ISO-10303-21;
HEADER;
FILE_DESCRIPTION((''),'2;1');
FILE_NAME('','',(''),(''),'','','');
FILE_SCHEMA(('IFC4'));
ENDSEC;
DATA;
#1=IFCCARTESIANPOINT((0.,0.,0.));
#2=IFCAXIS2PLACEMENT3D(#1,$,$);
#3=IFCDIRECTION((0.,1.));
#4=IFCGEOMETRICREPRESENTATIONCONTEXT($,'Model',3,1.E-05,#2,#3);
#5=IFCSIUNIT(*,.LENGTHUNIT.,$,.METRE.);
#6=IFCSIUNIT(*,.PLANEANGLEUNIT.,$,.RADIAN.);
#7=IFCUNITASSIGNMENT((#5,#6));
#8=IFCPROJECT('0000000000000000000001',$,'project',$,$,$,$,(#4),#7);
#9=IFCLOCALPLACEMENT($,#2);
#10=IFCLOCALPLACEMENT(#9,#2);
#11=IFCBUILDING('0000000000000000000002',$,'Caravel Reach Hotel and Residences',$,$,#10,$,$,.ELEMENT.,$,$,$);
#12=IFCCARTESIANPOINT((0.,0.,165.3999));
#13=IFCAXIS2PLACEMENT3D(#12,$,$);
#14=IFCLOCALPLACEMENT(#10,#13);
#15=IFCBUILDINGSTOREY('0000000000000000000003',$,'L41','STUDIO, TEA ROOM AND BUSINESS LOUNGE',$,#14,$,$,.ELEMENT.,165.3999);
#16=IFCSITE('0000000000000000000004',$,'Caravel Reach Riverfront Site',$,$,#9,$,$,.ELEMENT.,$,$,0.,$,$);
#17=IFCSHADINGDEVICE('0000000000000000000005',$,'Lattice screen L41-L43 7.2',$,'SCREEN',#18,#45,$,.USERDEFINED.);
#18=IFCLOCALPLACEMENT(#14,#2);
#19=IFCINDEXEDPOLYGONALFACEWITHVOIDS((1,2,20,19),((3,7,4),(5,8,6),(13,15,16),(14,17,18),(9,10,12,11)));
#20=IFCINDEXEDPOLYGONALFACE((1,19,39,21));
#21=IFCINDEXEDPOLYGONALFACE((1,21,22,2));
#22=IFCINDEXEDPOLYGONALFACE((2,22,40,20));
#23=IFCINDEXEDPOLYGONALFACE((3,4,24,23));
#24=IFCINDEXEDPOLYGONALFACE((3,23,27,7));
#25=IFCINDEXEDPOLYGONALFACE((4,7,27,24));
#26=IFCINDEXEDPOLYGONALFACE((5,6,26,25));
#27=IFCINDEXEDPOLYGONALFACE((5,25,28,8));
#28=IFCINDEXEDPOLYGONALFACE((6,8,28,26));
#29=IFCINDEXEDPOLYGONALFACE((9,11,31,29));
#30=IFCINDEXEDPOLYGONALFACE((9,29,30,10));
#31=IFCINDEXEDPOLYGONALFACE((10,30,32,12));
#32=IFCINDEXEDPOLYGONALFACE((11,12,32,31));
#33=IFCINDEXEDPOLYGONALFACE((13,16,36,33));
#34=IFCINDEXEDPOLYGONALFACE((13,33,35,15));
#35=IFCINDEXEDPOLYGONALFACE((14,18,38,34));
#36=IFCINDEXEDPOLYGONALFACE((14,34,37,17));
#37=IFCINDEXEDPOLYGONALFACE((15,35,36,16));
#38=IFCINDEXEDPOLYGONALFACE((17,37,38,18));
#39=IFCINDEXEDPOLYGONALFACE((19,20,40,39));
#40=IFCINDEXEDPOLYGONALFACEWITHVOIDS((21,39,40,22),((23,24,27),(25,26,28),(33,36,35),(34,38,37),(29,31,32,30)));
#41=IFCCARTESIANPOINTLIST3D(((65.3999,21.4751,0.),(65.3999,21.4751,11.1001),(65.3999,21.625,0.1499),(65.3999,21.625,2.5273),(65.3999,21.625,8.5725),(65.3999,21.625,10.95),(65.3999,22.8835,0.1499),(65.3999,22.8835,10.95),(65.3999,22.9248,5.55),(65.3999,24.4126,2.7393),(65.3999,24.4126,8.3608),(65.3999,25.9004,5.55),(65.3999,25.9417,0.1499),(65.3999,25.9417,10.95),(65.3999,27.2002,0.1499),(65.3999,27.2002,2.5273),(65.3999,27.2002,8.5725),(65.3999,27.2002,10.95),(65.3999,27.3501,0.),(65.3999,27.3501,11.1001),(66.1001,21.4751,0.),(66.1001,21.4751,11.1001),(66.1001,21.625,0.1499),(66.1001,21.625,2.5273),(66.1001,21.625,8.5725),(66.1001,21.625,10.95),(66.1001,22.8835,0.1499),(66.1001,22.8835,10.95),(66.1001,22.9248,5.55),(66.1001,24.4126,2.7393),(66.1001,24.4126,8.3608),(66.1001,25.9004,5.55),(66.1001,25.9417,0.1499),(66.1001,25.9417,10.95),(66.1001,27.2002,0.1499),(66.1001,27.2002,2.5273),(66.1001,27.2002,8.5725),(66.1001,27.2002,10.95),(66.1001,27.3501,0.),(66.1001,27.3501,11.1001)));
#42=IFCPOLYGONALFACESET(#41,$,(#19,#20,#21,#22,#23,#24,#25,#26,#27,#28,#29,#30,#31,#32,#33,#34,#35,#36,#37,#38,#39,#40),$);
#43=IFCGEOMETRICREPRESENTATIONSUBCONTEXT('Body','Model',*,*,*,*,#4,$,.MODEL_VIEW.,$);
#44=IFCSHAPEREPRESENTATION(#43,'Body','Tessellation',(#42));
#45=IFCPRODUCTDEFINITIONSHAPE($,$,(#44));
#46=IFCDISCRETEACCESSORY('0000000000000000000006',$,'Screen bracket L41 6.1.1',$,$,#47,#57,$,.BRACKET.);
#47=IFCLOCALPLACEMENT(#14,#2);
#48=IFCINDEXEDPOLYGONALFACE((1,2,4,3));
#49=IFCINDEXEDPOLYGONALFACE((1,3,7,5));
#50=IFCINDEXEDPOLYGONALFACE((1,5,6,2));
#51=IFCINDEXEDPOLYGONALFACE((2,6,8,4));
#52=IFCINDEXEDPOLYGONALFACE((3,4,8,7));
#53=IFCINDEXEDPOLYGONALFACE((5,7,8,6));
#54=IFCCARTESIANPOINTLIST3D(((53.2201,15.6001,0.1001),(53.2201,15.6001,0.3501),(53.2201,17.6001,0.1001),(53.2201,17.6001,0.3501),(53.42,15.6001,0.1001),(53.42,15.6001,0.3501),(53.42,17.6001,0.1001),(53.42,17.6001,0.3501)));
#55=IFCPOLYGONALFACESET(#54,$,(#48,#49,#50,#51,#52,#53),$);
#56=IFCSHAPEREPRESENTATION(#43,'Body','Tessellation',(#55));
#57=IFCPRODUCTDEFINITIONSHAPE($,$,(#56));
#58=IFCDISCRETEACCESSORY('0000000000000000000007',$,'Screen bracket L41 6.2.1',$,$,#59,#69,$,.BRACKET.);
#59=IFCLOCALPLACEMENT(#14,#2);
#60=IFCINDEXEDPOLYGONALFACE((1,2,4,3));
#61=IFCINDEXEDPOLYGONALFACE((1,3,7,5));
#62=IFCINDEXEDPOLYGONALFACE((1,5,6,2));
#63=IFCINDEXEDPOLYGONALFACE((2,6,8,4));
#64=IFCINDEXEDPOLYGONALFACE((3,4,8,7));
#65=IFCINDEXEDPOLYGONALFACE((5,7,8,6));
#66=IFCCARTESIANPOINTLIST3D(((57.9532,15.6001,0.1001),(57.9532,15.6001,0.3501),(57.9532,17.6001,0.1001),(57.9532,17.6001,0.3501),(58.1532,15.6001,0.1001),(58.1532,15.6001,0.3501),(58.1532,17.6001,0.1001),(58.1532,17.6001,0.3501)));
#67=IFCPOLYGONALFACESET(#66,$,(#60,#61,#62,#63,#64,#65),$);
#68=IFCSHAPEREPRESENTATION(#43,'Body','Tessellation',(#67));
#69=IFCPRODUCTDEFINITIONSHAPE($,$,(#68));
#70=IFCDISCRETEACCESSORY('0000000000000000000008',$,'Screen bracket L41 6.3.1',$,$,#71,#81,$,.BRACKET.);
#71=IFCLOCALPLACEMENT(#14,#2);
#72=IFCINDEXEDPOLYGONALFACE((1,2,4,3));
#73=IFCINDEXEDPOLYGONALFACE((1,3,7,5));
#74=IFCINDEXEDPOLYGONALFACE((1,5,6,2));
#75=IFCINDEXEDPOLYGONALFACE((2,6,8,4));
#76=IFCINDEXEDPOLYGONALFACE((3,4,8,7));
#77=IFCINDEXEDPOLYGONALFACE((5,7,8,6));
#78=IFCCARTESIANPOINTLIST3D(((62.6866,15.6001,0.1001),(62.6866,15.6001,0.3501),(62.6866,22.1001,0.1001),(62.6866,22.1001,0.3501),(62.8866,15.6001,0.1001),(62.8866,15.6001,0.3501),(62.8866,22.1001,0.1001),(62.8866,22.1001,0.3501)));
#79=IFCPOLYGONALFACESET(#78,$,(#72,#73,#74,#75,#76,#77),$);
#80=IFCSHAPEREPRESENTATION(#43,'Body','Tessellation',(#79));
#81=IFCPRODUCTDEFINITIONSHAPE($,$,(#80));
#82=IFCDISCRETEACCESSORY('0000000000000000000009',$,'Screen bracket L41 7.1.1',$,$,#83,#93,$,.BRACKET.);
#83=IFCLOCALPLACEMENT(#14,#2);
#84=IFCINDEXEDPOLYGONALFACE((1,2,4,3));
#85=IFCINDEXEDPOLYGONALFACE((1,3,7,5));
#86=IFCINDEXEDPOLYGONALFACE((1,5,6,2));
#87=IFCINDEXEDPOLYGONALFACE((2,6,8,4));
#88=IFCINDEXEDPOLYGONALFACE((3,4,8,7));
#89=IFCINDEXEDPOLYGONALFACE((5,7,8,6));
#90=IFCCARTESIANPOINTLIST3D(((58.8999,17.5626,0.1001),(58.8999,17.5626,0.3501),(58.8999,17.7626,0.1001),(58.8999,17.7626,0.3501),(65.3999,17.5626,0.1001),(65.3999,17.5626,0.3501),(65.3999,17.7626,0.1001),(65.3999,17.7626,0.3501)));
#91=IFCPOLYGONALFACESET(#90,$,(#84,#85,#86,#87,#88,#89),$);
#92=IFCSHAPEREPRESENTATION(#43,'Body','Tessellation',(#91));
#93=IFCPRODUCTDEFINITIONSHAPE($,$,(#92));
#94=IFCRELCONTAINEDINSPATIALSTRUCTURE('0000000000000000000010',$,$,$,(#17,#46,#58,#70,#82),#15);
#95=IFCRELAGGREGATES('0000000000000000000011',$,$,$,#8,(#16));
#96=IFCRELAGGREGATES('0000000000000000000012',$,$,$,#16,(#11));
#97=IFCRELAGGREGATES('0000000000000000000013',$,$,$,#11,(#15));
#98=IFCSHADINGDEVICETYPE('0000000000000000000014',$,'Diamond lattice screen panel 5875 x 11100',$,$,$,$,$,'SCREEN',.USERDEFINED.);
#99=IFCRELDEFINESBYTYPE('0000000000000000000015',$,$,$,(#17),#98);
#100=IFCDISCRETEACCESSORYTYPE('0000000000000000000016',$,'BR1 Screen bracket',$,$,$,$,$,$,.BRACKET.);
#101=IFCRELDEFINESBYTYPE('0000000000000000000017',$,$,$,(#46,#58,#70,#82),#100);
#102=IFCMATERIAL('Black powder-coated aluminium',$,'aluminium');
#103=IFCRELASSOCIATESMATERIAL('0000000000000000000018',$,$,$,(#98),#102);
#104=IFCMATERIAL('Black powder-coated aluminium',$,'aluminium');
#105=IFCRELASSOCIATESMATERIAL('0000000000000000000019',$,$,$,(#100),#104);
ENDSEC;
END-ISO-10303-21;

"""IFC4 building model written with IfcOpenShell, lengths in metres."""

from ifc_helpers import new_model, si_unit, direction, frame, origin, origin_2d, place, context, subcontext, project, spatial, polyline, rectangle, outline, extrude, material, type_object, element, save


model = new_model("IFC4")

# Units and contexts
model_context = context("Model", 3, precision=1e-05, world=origin(), true_north=direction((0.0, 1.0)))
body_context = subcontext(model_context, "Body", "Model", "MODEL_VIEW")
ifc_project = project(units=[si_unit("LENGTHUNIT", "METRE"), si_unit("PLANEANGLEUNIT", "RADIAN")], contexts=[model_context])

# Site, building, storey
site_placement = place(None, origin())
site = spatial("IfcSite", under=ifc_project, at=site_placement, Name="Caravel Reach Riverfront Site", CompositionType="ELEMENT", RefElevation=0.0)
building_placement = place(site_placement, origin())
building = spatial("IfcBuilding", under=site, at=building_placement, Name="Caravel Reach Hotel and Residences", CompositionType="ELEMENT")
storey_placement = place(building_placement, frame((0.0, 0.0, 165.3999)))
storey = spatial("IfcBuildingStorey", under=building, at=storey_placement, Name="L41", Description="STUDIO, TEA ROOM AND BUSINESS LOUNGE", CompositionType="ELEMENT", Elevation=165.3999)

# Shading device
ifc_material_1 = material(Name="Black powder-coated aluminium", Category="aluminium")
shading_device_type_1 = type_object("IfcShadingDeviceType", Name="Diamond lattice screen panel 5875 x 11100", ElementType="SCREEN", PredefinedType="USERDEFINED", material=ifc_material_1)
for number, where, z_axis, x_axis, name in (
    (1, (65.3999, 21.4751, 0.0), (1.0, 0.0, 0.0), (0.0, 1.0, 0.0), "Lattice screen L41-L43 7.2"),
):
    element("IfcShadingDevice", number, at=place(storey_placement, frame(where, z_axis=z_axis, x_axis=x_axis)), inside=storey, type_object=shading_device_type_1, Name=name, ObjectType="SCREEN", PredefinedType="USERDEFINED", context=body_context, shape_type="SweptSolid", body=[
        extrude(outline(polyline([(0.0, 0.0), (5.875, 0.0), (5.875, 11.1001), (0.0, 11.1001), (0.0, 0.0)]), holes=[polyline([(1.4084, 0.1499), (0.1499, 2.5273), (0.1499, 0.1499), (1.4084, 0.1499)]), polyline([(0.1499, 8.5725), (1.4084, 10.95), (0.1499, 10.95), (0.1499, 8.5725)]), polyline([(2.9375, 8.3608), (1.4497, 5.55), (2.9375, 2.7393), (4.4253, 5.55), (2.9375, 8.3608)]), polyline([(5.7251, 2.5273), (4.4666, 0.1499), (5.7251, 0.1499), (5.7251, 2.5273)]), polyline([(4.4666, 10.95), (5.7251, 8.5725), (5.7251, 10.95), (4.4666, 10.95)])]), origin(), (0.0, 0.0, 1.0), 0.7002),
    ])

# Discrete accessories
ifc_material_2 = material(Name="Black powder-coated aluminium", Category="aluminium")
discrete_accessory_type = type_object("IfcDiscreteAccessoryType", Name="BR1 Screen bracket", PredefinedType="BRACKET", material=ifc_material_2)
for number, where, z_axis, x_axis, name in (
    (2, (53.3201, 16.6001, 0.1001), (0.0, 0.0, 1.0), (0.0, -1.0, 0.0), "Screen bracket L41 6.1.1"),
    (3, (58.0532, 16.6001, 0.1001), (0.0, 0.0, 1.0), (0.0, -1.0, 0.0), "Screen bracket L41 6.2.1"),
):
    element("IfcDiscreteAccessory", number, at=place(storey_placement, frame(where, z_axis=z_axis, x_axis=x_axis)), inside=storey, type_object=discrete_accessory_type, Name=name, PredefinedType="BRACKET", context=body_context, shape_type="SweptSolid", body=[
        extrude(rectangle(XDim=2.0, YDim=0.2, at=origin_2d()), origin(), (0.0, 0.0, 1.0), 0.25),
    ])
for number, where, z_axis, x_axis, name in (
    (4, (62.7866, 18.8501, 0.1001), (0.0, 0.0, 1.0), (0.0, -1.0, 0.0), "Screen bracket L41 6.3.1"),
    (5, (62.1499, 17.6626, 0.1001), (0.0, 0.0, 1.0), (1.0, 0.0, 0.0), "Screen bracket L41 7.1.1"),
):
    element("IfcDiscreteAccessory", number, at=place(storey_placement, frame(where, z_axis=z_axis, x_axis=x_axis)), inside=storey, type_object=discrete_accessory_type, Name=name, PredefinedType="BRACKET", context=body_context, shape_type="SweptSolid", body=[
        extrude(rectangle(XDim=6.5, YDim=0.2, at=origin_2d()), origin(), (0.0, 0.0, 1.0), 0.25),
    ])

save(model, "model.ifc")
